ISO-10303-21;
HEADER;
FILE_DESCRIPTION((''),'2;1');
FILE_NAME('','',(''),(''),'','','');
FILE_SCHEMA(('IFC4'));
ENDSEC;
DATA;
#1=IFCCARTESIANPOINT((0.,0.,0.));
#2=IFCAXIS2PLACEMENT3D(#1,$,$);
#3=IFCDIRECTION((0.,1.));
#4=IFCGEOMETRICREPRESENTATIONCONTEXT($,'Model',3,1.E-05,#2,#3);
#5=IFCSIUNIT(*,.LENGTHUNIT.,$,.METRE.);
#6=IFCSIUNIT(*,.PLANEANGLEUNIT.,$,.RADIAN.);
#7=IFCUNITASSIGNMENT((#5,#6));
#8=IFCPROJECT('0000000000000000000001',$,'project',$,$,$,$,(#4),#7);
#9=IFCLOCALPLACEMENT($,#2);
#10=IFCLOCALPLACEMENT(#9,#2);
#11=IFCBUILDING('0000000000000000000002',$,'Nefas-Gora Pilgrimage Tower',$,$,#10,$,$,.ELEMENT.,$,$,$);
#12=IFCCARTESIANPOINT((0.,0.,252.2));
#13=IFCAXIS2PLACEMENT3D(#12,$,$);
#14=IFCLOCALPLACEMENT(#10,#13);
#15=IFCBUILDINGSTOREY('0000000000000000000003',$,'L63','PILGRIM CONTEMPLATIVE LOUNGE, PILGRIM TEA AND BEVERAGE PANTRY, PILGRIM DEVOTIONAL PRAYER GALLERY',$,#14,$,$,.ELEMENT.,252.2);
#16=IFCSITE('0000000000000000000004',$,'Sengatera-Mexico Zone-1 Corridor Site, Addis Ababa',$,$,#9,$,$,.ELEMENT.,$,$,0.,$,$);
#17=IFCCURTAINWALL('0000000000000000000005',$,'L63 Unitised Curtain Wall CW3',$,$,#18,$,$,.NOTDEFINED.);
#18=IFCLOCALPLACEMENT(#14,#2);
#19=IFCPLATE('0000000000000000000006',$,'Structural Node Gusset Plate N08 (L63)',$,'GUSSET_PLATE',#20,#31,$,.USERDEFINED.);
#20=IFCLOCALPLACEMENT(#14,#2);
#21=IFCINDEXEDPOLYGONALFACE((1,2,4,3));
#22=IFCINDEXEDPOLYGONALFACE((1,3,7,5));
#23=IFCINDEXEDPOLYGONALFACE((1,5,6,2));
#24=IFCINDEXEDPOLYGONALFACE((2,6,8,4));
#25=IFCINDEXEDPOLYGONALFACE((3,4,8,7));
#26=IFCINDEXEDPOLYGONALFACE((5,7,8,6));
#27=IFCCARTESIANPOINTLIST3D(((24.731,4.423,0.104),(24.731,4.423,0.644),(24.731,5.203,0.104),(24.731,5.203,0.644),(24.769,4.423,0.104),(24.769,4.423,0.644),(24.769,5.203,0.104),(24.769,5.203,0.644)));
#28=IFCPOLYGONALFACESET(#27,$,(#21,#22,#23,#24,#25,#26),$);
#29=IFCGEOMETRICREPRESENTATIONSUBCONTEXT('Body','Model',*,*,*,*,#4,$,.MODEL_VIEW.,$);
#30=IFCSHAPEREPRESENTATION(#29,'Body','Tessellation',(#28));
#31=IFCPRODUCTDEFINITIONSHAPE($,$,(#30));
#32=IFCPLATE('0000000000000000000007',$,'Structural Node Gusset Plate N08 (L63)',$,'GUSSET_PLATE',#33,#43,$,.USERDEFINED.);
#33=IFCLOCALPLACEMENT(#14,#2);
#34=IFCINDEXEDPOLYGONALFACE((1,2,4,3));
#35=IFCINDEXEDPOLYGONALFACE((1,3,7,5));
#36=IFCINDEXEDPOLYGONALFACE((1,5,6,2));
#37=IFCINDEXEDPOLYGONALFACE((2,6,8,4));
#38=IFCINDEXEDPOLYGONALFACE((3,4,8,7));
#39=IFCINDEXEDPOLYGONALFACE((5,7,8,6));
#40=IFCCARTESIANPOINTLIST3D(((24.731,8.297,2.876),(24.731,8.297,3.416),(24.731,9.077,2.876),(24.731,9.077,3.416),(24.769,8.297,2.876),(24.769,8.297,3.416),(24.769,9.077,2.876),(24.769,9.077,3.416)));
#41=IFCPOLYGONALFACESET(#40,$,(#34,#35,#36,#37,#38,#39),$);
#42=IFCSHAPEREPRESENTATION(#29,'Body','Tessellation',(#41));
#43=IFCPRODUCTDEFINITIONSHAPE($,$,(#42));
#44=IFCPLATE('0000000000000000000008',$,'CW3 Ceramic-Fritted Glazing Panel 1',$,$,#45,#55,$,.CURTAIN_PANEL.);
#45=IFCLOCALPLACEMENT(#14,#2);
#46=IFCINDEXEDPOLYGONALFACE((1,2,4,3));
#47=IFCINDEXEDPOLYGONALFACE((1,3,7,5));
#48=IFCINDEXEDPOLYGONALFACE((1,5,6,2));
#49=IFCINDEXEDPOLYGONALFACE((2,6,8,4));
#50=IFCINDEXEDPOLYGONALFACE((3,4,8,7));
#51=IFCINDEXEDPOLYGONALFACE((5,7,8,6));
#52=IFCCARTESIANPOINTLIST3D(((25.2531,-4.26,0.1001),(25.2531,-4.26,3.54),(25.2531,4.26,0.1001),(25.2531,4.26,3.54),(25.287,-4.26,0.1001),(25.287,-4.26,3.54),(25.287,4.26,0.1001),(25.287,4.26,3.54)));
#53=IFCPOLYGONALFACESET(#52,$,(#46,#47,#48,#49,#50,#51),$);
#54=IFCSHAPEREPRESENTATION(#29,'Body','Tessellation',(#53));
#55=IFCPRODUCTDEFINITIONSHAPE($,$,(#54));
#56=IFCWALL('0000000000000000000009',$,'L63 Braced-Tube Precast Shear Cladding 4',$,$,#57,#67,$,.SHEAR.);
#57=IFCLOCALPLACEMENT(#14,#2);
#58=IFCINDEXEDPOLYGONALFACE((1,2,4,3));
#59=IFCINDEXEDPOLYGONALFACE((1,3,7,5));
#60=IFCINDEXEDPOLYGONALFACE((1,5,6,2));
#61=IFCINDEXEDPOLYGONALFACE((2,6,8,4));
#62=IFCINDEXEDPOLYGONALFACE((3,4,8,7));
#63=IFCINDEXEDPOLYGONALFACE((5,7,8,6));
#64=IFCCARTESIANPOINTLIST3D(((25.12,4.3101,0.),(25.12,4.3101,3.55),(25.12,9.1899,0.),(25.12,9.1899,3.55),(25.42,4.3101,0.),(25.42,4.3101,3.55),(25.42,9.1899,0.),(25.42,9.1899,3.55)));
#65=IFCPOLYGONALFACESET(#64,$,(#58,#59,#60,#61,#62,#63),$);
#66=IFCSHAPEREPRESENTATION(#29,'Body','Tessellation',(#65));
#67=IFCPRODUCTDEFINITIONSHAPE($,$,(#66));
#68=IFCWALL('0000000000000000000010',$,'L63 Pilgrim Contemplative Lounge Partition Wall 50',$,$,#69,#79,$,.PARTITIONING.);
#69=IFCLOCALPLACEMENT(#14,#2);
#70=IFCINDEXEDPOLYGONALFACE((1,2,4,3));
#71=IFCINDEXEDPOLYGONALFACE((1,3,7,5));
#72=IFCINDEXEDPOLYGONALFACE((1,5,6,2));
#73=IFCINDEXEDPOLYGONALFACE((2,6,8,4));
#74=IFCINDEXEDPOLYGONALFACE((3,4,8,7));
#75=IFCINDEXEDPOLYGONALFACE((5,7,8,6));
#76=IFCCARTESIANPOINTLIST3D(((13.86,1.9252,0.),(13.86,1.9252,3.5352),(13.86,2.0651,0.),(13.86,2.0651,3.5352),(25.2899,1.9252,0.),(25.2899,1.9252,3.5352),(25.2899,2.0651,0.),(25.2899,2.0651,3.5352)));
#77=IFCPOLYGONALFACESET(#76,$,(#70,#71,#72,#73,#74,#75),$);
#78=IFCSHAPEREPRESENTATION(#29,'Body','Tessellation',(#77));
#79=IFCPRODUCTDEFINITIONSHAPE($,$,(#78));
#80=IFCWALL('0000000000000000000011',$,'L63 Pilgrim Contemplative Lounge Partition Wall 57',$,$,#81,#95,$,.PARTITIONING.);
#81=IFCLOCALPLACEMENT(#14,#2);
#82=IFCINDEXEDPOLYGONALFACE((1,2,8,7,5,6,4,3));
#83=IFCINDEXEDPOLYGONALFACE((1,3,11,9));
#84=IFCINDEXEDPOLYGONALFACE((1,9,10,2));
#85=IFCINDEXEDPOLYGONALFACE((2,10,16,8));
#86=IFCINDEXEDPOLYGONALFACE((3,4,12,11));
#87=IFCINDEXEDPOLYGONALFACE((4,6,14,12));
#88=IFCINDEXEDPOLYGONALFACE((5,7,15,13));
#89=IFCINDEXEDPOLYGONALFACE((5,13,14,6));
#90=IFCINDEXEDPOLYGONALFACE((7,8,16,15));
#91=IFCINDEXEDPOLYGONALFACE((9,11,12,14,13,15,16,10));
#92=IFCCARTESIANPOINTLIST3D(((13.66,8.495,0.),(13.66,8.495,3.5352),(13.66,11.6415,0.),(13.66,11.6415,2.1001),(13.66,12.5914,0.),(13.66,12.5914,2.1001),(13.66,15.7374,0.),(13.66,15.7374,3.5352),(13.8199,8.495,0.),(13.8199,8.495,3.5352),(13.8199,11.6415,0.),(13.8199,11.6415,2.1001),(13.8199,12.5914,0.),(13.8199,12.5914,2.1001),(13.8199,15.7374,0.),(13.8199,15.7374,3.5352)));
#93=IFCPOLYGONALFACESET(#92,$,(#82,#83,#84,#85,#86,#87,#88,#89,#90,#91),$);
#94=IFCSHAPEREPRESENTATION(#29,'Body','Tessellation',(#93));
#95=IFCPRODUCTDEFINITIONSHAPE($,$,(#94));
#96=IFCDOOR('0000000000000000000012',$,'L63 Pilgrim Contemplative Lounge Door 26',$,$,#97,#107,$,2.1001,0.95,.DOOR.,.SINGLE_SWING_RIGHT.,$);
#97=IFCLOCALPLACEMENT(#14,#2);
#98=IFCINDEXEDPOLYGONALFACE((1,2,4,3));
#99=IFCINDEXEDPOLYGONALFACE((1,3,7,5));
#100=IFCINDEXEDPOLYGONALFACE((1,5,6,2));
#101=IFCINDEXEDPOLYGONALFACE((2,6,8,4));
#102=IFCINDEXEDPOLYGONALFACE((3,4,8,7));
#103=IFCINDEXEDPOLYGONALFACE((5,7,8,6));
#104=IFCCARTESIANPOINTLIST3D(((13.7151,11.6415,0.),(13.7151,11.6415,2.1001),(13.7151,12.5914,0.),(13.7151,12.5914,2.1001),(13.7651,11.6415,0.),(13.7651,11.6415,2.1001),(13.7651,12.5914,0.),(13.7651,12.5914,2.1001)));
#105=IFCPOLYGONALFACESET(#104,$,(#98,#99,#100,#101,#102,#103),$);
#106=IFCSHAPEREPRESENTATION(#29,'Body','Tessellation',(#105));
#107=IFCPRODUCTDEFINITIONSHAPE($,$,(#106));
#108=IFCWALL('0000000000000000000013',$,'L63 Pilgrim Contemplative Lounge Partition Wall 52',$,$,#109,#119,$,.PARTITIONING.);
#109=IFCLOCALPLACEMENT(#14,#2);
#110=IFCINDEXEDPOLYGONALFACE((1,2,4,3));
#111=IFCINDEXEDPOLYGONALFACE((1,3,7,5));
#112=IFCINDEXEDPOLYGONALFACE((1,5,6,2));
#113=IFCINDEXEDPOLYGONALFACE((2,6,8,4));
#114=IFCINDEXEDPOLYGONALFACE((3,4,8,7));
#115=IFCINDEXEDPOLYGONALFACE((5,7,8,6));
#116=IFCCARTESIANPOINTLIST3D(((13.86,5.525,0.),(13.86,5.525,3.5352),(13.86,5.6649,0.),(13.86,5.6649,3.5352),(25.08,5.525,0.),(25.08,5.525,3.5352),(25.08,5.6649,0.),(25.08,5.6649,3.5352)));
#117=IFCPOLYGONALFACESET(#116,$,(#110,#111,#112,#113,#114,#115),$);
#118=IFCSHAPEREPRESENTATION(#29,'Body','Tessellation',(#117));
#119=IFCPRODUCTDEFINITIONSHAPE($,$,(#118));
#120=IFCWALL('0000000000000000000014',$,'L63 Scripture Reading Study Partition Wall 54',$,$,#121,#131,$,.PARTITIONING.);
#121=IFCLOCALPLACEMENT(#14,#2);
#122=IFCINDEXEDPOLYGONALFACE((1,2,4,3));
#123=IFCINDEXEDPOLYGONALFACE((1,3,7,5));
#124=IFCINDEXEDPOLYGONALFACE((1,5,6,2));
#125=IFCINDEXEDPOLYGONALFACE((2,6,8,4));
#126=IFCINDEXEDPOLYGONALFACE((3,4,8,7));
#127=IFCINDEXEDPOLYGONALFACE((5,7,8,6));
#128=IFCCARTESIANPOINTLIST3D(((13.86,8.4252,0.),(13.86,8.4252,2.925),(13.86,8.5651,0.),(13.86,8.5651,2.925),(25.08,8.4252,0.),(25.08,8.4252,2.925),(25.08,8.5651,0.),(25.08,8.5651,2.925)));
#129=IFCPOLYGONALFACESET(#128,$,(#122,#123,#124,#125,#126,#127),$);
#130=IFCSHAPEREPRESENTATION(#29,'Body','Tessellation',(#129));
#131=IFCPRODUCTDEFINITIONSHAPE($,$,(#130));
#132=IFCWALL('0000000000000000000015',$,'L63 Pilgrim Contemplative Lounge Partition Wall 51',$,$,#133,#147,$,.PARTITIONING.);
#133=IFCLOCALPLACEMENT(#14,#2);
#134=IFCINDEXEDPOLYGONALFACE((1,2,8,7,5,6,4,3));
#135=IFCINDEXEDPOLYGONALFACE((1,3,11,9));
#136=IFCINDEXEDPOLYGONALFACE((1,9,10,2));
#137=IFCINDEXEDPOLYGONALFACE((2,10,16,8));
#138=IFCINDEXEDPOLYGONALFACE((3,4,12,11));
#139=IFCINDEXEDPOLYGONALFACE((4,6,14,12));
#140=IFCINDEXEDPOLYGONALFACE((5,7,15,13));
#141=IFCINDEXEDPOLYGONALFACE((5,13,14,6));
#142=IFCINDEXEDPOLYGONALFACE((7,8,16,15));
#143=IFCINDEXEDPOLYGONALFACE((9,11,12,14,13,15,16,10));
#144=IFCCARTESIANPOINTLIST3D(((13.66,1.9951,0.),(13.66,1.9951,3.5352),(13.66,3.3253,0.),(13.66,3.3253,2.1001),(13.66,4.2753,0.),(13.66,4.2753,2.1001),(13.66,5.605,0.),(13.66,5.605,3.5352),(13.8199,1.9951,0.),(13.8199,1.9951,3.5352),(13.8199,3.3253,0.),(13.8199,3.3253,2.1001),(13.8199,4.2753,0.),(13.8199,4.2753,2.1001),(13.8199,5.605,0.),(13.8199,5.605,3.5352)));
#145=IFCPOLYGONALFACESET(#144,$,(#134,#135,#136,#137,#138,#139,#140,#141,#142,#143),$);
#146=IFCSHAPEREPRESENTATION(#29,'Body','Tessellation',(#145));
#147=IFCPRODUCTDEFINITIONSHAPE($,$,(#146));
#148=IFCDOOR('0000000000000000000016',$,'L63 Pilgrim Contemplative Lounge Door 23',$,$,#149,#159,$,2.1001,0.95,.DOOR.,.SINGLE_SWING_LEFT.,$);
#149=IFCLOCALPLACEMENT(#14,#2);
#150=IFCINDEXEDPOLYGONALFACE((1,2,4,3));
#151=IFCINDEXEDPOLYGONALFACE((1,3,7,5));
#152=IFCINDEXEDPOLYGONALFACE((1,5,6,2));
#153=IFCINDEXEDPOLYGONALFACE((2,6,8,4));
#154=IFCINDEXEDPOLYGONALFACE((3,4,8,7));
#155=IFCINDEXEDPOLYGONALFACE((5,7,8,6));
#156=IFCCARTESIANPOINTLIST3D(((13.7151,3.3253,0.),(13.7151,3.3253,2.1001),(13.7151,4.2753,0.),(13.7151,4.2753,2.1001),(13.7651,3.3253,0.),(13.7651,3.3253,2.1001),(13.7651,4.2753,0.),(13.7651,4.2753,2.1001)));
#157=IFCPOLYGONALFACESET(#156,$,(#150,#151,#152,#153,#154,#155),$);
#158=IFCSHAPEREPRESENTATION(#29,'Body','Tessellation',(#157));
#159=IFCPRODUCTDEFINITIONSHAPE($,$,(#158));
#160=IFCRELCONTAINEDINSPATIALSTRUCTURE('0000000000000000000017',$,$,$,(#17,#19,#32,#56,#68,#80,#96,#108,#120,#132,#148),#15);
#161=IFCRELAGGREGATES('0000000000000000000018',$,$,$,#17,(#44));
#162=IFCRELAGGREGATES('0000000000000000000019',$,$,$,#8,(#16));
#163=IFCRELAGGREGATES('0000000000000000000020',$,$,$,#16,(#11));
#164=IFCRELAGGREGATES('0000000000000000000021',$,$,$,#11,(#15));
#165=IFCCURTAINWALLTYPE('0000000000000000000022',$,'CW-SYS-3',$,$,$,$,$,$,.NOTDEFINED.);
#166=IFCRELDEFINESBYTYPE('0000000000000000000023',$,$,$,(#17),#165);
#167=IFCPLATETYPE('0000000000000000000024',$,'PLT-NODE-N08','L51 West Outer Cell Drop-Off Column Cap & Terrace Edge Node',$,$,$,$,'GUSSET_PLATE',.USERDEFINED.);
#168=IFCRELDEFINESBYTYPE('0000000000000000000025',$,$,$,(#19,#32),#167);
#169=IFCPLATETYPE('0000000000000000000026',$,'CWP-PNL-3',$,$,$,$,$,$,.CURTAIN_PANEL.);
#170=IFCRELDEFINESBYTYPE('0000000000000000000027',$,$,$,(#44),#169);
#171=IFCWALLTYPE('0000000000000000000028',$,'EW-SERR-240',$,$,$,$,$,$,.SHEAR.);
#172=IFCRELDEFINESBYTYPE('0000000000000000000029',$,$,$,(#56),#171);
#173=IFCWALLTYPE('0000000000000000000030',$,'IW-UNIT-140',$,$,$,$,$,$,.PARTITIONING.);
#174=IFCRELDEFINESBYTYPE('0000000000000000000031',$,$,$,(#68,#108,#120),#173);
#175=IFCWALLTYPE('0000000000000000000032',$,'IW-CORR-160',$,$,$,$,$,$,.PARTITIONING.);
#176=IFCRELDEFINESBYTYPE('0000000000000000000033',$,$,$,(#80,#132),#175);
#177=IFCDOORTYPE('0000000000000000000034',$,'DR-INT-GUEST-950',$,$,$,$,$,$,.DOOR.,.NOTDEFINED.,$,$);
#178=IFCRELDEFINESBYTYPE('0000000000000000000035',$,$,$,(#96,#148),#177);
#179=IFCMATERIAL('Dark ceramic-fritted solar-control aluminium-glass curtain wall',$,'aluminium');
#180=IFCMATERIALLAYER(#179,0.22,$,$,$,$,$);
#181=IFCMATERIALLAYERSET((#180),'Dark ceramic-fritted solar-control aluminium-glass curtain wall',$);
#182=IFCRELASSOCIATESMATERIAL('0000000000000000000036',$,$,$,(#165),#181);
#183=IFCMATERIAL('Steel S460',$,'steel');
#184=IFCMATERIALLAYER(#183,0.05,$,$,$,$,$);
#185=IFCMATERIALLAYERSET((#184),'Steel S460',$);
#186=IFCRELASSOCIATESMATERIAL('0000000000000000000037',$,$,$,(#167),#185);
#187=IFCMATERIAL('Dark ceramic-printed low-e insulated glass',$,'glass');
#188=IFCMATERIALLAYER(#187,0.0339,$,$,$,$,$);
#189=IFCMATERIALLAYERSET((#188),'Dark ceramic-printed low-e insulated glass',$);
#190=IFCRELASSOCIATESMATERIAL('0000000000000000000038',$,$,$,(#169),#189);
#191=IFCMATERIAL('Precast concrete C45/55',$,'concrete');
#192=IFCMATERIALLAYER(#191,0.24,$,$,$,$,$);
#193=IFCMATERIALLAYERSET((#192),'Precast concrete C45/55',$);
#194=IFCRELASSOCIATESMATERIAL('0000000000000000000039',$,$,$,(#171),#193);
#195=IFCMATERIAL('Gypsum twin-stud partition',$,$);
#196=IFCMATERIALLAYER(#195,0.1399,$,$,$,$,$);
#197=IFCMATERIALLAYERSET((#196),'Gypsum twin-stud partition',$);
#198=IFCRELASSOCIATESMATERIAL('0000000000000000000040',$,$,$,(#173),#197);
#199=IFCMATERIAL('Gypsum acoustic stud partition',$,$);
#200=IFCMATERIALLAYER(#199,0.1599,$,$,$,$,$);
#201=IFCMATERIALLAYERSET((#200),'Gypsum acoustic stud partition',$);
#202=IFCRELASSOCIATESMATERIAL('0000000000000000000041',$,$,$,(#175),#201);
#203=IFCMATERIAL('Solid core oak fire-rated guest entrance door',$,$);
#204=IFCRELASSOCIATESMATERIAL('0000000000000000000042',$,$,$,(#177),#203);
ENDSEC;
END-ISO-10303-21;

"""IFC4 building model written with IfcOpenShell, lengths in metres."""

from ifc_helpers import new_model, si_unit, direction, frame, frame_2d, origin, origin_2d, place, context, subcontext, project, spatial, rectangle, extrude, source, transform, mapped, material, layer, layer_set, type_object, element, fill, aggregate, save


model = new_model("IFC4")

# Units and contexts
model_context = context("Model", 3, precision=1e-05, world=origin(), true_north=direction((0.0, 1.0)))
body_context = subcontext(model_context, "Body", "Model", "MODEL_VIEW")
ifc_project = project(units=[si_unit("LENGTHUNIT", "METRE"), si_unit("PLANEANGLEUNIT", "RADIAN")], contexts=[model_context])

# Site, building, storey
site_placement = place(None, origin())
site = spatial("IfcSite", under=ifc_project, at=site_placement, Name="Sengatera-Mexico Zone-1 Corridor Site, Addis Ababa", CompositionType="ELEMENT", RefElevation=0.0)
building_placement = place(site_placement, origin())
building = spatial("IfcBuilding", under=site, at=building_placement, Name="Nefas-Gora Pilgrimage Tower", CompositionType="ELEMENT")
storey_placement = place(building_placement, frame((0.0, 0.0, 252.2)))
storey = spatial("IfcBuildingStorey", under=building, at=storey_placement, Name="L63", Description="PILGRIM CONTEMPLATIVE LOUNGE, PILGRIM TEA AND BEVERAGE PANTRY, PILGRIM DEVOTIONAL PRAYER GALLERY", CompositionType="ELEMENT", Elevation=252.2)

# Shared definitions
ifc_material_1 = material(Name="Steel S460", Category="steel")

# Curtain wall
ifc_material_2 = material(Name="Dark ceramic-fritted solar-control aluminium-glass curtain wall", Category="aluminium")
ifc_layer_1 = layer(ifc_material_2, 0.22)
ifc_layer_set_1 = layer_set([ifc_layer_1], Name="Dark ceramic-fritted solar-control aluminium-glass curtain wall")
curtain_wall_type = type_object("IfcCurtainWallType", Name="CW-SYS-3", PredefinedType="NOTDEFINED", material=ifc_layer_set_1)
curtain_wall_placement = place(storey_placement, origin())
curtain_wall = element("IfcCurtainWall", 1, at=curtain_wall_placement, inside=storey, type_object=curtain_wall_type, Name="L63 Unitised Curtain Wall CW3", PredefinedType="NOTDEFINED")

# Plates
ifc_layer_2 = layer(ifc_material_1, 0.05)
ifc_layer_set_2 = layer_set([ifc_layer_2], Name="Steel S460")
plate_type_1 = type_object("IfcPlateType", Name="PLT-NODE-N08", Description="L51 West Outer Cell Drop-Off Column Cap & Terrace Edge Node", ElementType="GUSSET_PLATE", PredefinedType="USERDEFINED", material=ifc_layer_set_2)
shared_shape_1 = source(origin(), body_context, "Body", "SweptSolid", [
    extrude(rectangle(XDim=0.78, YDim=0.0381, at=origin_2d()), origin(), (0.0, 0.0, 1.0), 0.54),
])
for number, where, z_axis, x_axis, name in (
    (2, (24.75, 4.813, 0.104), (0.0, 0.0, 1.0), (0.0, 1.0, 0.0), "Structural Node Gusset Plate N08 (L63)"),
    (3, (24.75, 8.687, 2.876), (0.0, 0.0, 1.0), (0.0, 1.0, 0.0), "Structural Node Gusset Plate N08 (L63)"),
):
    element("IfcPlate", number, at=place(storey_placement, frame(where, z_axis=z_axis, x_axis=x_axis)), inside=storey, type_object=plate_type_1, Name=name, ObjectType="GUSSET_PLATE", PredefinedType="USERDEFINED", context=body_context, shape_type="MappedRepresentation", body=[
        mapped(shared_shape_1, transform((0.0, 0.0, 0.0), x_axis=(1.0, 0.0, 0.0), y_axis=(0.0, 1.0, 0.0), z_axis=(0.0, 0.0, 1.0), scale=1.0)),
    ])

# Plate
ifc_material_3 = material(Name="Dark ceramic-printed low-e insulated glass", Category="glass")
ifc_layer_3 = layer(ifc_material_3, 0.0339)
ifc_layer_set_3 = layer_set([ifc_layer_3], Name="Dark ceramic-printed low-e insulated glass")
plate_type_2 = type_object("IfcPlateType", Name="CWP-PNL-3", PredefinedType="CURTAIN_PANEL", material=ifc_layer_set_3)
shared_shape_2 = source(origin(), body_context, "Body", "SweptSolid", [
    extrude(rectangle(XDim=8.52, YDim=0.0339, at=origin_2d()), origin(), (0.0, 0.0, 1.0), 3.4399),
])
plate_placement = place(storey_placement, frame((25.27, 0.0, 0.1001), z_axis=(0.0, 0.0, 1.0), x_axis=(0.0, 1.0, 0.0)))
plate = element("IfcPlate", 4, at=plate_placement, type_object=plate_type_2, Name="CW3 Ceramic-Fritted Glazing Panel 1", PredefinedType="CURTAIN_PANEL", context=body_context, shape_type="MappedRepresentation", body=[
    mapped(shared_shape_2, transform((0.0, 0.0, 0.0), x_axis=(1.0, 0.0, 0.0), y_axis=(0.0, 1.0, 0.0), z_axis=(0.0, 0.0, 1.0), scale=1.0)),
])
aggregate(curtain_wall, [plate])

# Walls
ifc_material_4 = material(Name="Precast concrete C45/55", Category="concrete")
ifc_layer_4 = layer(ifc_material_4, 0.24)
ifc_layer_set_4 = layer_set([ifc_layer_4], Name="Precast concrete C45/55")
wall_type_1 = type_object("IfcWallType", Name="EW-SERR-240", PredefinedType="SHEAR", material=ifc_layer_set_4)
shared_shape_3 = source(origin(), body_context, "Body", "SweptSolid", [
    extrude(rectangle(XDim=4.8799, YDim=0.3, at=frame_2d((2.4399, 0.0))), origin(), (0.0, 0.0, 1.0), 3.55),
])
wall_1_placement = place(storey_placement, frame((25.27, 4.3101, 0.0), z_axis=(0.0, 0.0, 1.0), x_axis=(0.0, 1.0, 0.0)))
element("IfcWall", 5, at=wall_1_placement, inside=storey, type_object=wall_type_1, Name="L63 Braced-Tube Precast Shear Cladding 4", PredefinedType="SHEAR", context=body_context, shape_type="MappedRepresentation", body=[
    mapped(shared_shape_3, transform((0.0, 0.0, 0.0), x_axis=(1.0, 0.0, 0.0), y_axis=(0.0, 1.0, 0.0), z_axis=(0.0, 0.0, 1.0), scale=1.0)),
])
ifc_material_5 = material(Name="Gypsum twin-stud partition")
ifc_layer_5 = layer(ifc_material_5, 0.1399)
ifc_layer_set_5 = layer_set([ifc_layer_5], Name="Gypsum twin-stud partition")
wall_type_2 = type_object("IfcWallType", Name="IW-UNIT-140", PredefinedType="PARTITIONING", material=ifc_layer_set_5)
shared_shape_4 = source(origin(), body_context, "Body", "SweptSolid", [
    extrude(rectangle(XDim=11.4299, YDim=0.1399, at=frame_2d((5.7148, 0.0))), origin(), (0.0, 0.0, 1.0), 3.5352),
])
wall_2_placement = place(storey_placement, frame((13.8601, 1.9951, 0.0), z_axis=(0.0, 0.0, 1.0), x_axis=(1.0, 0.0, 0.0)))
element("IfcWall", 6, at=wall_2_placement, inside=storey, type_object=wall_type_2, Name="L63 Pilgrim Contemplative Lounge Partition Wall 50", PredefinedType="PARTITIONING", context=body_context, shape_type="MappedRepresentation", body=[
    mapped(shared_shape_4, transform((0.0, 0.0, 0.0), x_axis=(1.0, 0.0, 0.0), y_axis=(0.0, 1.0, 0.0), z_axis=(0.0, 0.0, 1.0), scale=1.0)),
])

# Wall, opening, door
ifc_material_6 = material(Name="Gypsum acoustic stud partition")
ifc_layer_6 = layer(ifc_material_6, 0.1599)
ifc_layer_set_6 = layer_set([ifc_layer_6], Name="Gypsum acoustic stud partition")
wall_type_3 = type_object("IfcWallType", Name="IW-CORR-160", PredefinedType="PARTITIONING", material=ifc_layer_set_6)
shared_shape_5 = source(origin(), body_context, "Body", "SweptSolid", [
    extrude(rectangle(XDim=7.2424, YDim=0.1599, at=frame_2d((3.6211, 0.0))), origin(), (0.0, 0.0, 1.0), 3.5352),
])
wall_3_placement = place(storey_placement, frame((13.74, 8.4951, 0.0), z_axis=(0.0, 0.0, 1.0), x_axis=(0.0, 1.0, 0.0)))
wall_3 = element("IfcWall", 7, at=wall_3_placement, inside=storey, type_object=wall_type_3, Name="L63 Pilgrim Contemplative Lounge Partition Wall 57", PredefinedType="PARTITIONING", context=body_context, shape_type="MappedRepresentation", body=[
    mapped(shared_shape_5, transform((0.0, 0.0, 0.0), x_axis=(1.0, 0.0, 0.0), y_axis=(0.0, 1.0, 0.0), z_axis=(0.0, 0.0, 1.0), scale=1.0)),
])
opening_1_placement = place(wall_3_placement, frame((3.1462, 0.0, 0.0)))
opening_1 = element("IfcOpeningElement", 8, at=opening_1_placement, cuts=wall_3, PredefinedType="OPENING", context=body_context, shape_type="SweptSolid", body=[
    extrude(rectangle(XDim=0.95, YDim=2.1001, at=frame_2d((0.4751, 1.05))), frame((0.0, 0.0898, 0.0), z_axis=(0.0, -1.0, 0.0), x_axis=(1.0, 0.0, 0.0)), (0.0, 0.0, 1.0), 0.1799),
])
ifc_material_7 = material(Name="Solid core oak fire-rated guest entrance door")
door_type = type_object("IfcDoorType", Name="DR-INT-GUEST-950", OperationType="NOTDEFINED", PredefinedType="DOOR", material=ifc_material_7)
shared_shape_6 = source(origin(), body_context, "Body", "SweptSolid", [
    extrude(rectangle(XDim=0.95, YDim=2.1001, at=frame_2d((0.4751, 1.05))), frame((0.0, 0.0249, 0.0), z_axis=(0.0, -1.0, 0.0), x_axis=(1.0, 0.0, 0.0)), (0.0, 0.0, 1.0), 0.05),
])
door_1_placement = place(opening_1_placement, origin())
door_1 = element("IfcDoor", 9, at=door_1_placement, inside=storey, type_object=door_type, Name="L63 Pilgrim Contemplative Lounge Door 26", OperationType="SINGLE_SWING_RIGHT", OverallHeight=2.1001, OverallWidth=0.95, PredefinedType="DOOR", context=body_context, shape_type="MappedRepresentation", body=[
    mapped(shared_shape_6, transform((0.0, 0.0, 0.0), x_axis=(1.0, 0.0, 0.0), y_axis=(0.0, 1.0, 0.0), z_axis=(0.0, 0.0, 1.0), scale=1.0)),
])
fill(opening_1, door_1)

# Walls
shared_shape_7 = source(origin(), body_context, "Body", "SweptSolid", [
    extrude(rectangle(XDim=11.22, YDim=0.1399, at=frame_2d((5.6099, 0.0))), origin(), (0.0, 0.0, 1.0), 3.5352),
])
wall_4_placement = place(storey_placement, frame((13.8601, 5.595, 0.0), z_axis=(0.0, 0.0, 1.0), x_axis=(1.0, 0.0, 0.0)))
element("IfcWall", 10, at=wall_4_placement, inside=storey, type_object=wall_type_2, Name="L63 Pilgrim Contemplative Lounge Partition Wall 52", PredefinedType="PARTITIONING", context=body_context, shape_type="MappedRepresentation", body=[
    mapped(shared_shape_7, transform((0.0, 0.0, 0.0), x_axis=(1.0, 0.0, 0.0), y_axis=(0.0, 1.0, 0.0), z_axis=(0.0, 0.0, 1.0), scale=1.0)),
])
shared_shape_8 = source(origin(), body_context, "Body", "SweptSolid", [
    extrude(rectangle(XDim=11.22, YDim=0.1399, at=frame_2d((5.6099, 0.0))), origin(), (0.0, 0.0, 1.0), 2.925),
])
wall_5_placement = place(storey_placement, frame((13.8601, 8.4951, 0.0), z_axis=(0.0, 0.0, 1.0), x_axis=(1.0, 0.0, 0.0)))
element("IfcWall", 11, at=wall_5_placement, inside=storey, type_object=wall_type_2, Name="L63 Scripture Reading Study Partition Wall 54", PredefinedType="PARTITIONING", context=body_context, shape_type="MappedRepresentation", body=[
    mapped(shared_shape_8, transform((0.0, 0.0, 0.0), x_axis=(1.0, 0.0, 0.0), y_axis=(0.0, 1.0, 0.0), z_axis=(0.0, 0.0, 1.0), scale=1.0)),
])

# Wall, opening, door
shared_shape_9 = source(origin(), body_context, "Body", "SweptSolid", [
    extrude(rectangle(XDim=3.6099, YDim=0.1599, at=frame_2d((1.8049, 0.0))), origin(), (0.0, 0.0, 1.0), 3.5352),
])
wall_6_placement = place(storey_placement, frame((13.74, 1.9951, 0.0), z_axis=(0.0, 0.0, 1.0), x_axis=(0.0, 1.0, 0.0)))
wall_6 = element("IfcWall", 12, at=wall_6_placement, inside=storey, type_object=wall_type_3, Name="L63 Pilgrim Contemplative Lounge Partition Wall 51", PredefinedType="PARTITIONING", context=body_context, shape_type="MappedRepresentation", body=[
    mapped(shared_shape_9, transform((0.0, 0.0, 0.0), x_axis=(1.0, 0.0, 0.0), y_axis=(0.0, 1.0, 0.0), z_axis=(0.0, 0.0, 1.0), scale=1.0)),
])
opening_2_placement = place(wall_6_placement, frame((1.3301, 0.0, 0.0)))
opening_2 = element("IfcOpeningElement", 13, at=opening_2_placement, cuts=wall_6, PredefinedType="OPENING", context=body_context, shape_type="SweptSolid", body=[
    extrude(rectangle(XDim=0.95, YDim=2.1001, at=frame_2d((0.4751, 1.05))), frame((0.0, 0.0898, 0.0), z_axis=(0.0, -1.0, 0.0), x_axis=(1.0, 0.0, 0.0)), (0.0, 0.0, 1.0), 0.1799),
])
door_2_placement = place(opening_2_placement, origin())
door_2 = element("IfcDoor", 14, at=door_2_placement, inside=storey, type_object=door_type, Name="L63 Pilgrim Contemplative Lounge Door 23", OperationType="SINGLE_SWING_LEFT", OverallHeight=2.1001, OverallWidth=0.95, PredefinedType="DOOR", context=body_context, shape_type="MappedRepresentation", body=[
    mapped(shared_shape_6, transform((0.0, 0.0, 0.0), x_axis=(1.0, 0.0, 0.0), y_axis=(0.0, 1.0, 0.0), z_axis=(0.0, 0.0, 1.0), scale=1.0)),
])
fill(opening_2, door_2)

save(model, "model.ifc")
